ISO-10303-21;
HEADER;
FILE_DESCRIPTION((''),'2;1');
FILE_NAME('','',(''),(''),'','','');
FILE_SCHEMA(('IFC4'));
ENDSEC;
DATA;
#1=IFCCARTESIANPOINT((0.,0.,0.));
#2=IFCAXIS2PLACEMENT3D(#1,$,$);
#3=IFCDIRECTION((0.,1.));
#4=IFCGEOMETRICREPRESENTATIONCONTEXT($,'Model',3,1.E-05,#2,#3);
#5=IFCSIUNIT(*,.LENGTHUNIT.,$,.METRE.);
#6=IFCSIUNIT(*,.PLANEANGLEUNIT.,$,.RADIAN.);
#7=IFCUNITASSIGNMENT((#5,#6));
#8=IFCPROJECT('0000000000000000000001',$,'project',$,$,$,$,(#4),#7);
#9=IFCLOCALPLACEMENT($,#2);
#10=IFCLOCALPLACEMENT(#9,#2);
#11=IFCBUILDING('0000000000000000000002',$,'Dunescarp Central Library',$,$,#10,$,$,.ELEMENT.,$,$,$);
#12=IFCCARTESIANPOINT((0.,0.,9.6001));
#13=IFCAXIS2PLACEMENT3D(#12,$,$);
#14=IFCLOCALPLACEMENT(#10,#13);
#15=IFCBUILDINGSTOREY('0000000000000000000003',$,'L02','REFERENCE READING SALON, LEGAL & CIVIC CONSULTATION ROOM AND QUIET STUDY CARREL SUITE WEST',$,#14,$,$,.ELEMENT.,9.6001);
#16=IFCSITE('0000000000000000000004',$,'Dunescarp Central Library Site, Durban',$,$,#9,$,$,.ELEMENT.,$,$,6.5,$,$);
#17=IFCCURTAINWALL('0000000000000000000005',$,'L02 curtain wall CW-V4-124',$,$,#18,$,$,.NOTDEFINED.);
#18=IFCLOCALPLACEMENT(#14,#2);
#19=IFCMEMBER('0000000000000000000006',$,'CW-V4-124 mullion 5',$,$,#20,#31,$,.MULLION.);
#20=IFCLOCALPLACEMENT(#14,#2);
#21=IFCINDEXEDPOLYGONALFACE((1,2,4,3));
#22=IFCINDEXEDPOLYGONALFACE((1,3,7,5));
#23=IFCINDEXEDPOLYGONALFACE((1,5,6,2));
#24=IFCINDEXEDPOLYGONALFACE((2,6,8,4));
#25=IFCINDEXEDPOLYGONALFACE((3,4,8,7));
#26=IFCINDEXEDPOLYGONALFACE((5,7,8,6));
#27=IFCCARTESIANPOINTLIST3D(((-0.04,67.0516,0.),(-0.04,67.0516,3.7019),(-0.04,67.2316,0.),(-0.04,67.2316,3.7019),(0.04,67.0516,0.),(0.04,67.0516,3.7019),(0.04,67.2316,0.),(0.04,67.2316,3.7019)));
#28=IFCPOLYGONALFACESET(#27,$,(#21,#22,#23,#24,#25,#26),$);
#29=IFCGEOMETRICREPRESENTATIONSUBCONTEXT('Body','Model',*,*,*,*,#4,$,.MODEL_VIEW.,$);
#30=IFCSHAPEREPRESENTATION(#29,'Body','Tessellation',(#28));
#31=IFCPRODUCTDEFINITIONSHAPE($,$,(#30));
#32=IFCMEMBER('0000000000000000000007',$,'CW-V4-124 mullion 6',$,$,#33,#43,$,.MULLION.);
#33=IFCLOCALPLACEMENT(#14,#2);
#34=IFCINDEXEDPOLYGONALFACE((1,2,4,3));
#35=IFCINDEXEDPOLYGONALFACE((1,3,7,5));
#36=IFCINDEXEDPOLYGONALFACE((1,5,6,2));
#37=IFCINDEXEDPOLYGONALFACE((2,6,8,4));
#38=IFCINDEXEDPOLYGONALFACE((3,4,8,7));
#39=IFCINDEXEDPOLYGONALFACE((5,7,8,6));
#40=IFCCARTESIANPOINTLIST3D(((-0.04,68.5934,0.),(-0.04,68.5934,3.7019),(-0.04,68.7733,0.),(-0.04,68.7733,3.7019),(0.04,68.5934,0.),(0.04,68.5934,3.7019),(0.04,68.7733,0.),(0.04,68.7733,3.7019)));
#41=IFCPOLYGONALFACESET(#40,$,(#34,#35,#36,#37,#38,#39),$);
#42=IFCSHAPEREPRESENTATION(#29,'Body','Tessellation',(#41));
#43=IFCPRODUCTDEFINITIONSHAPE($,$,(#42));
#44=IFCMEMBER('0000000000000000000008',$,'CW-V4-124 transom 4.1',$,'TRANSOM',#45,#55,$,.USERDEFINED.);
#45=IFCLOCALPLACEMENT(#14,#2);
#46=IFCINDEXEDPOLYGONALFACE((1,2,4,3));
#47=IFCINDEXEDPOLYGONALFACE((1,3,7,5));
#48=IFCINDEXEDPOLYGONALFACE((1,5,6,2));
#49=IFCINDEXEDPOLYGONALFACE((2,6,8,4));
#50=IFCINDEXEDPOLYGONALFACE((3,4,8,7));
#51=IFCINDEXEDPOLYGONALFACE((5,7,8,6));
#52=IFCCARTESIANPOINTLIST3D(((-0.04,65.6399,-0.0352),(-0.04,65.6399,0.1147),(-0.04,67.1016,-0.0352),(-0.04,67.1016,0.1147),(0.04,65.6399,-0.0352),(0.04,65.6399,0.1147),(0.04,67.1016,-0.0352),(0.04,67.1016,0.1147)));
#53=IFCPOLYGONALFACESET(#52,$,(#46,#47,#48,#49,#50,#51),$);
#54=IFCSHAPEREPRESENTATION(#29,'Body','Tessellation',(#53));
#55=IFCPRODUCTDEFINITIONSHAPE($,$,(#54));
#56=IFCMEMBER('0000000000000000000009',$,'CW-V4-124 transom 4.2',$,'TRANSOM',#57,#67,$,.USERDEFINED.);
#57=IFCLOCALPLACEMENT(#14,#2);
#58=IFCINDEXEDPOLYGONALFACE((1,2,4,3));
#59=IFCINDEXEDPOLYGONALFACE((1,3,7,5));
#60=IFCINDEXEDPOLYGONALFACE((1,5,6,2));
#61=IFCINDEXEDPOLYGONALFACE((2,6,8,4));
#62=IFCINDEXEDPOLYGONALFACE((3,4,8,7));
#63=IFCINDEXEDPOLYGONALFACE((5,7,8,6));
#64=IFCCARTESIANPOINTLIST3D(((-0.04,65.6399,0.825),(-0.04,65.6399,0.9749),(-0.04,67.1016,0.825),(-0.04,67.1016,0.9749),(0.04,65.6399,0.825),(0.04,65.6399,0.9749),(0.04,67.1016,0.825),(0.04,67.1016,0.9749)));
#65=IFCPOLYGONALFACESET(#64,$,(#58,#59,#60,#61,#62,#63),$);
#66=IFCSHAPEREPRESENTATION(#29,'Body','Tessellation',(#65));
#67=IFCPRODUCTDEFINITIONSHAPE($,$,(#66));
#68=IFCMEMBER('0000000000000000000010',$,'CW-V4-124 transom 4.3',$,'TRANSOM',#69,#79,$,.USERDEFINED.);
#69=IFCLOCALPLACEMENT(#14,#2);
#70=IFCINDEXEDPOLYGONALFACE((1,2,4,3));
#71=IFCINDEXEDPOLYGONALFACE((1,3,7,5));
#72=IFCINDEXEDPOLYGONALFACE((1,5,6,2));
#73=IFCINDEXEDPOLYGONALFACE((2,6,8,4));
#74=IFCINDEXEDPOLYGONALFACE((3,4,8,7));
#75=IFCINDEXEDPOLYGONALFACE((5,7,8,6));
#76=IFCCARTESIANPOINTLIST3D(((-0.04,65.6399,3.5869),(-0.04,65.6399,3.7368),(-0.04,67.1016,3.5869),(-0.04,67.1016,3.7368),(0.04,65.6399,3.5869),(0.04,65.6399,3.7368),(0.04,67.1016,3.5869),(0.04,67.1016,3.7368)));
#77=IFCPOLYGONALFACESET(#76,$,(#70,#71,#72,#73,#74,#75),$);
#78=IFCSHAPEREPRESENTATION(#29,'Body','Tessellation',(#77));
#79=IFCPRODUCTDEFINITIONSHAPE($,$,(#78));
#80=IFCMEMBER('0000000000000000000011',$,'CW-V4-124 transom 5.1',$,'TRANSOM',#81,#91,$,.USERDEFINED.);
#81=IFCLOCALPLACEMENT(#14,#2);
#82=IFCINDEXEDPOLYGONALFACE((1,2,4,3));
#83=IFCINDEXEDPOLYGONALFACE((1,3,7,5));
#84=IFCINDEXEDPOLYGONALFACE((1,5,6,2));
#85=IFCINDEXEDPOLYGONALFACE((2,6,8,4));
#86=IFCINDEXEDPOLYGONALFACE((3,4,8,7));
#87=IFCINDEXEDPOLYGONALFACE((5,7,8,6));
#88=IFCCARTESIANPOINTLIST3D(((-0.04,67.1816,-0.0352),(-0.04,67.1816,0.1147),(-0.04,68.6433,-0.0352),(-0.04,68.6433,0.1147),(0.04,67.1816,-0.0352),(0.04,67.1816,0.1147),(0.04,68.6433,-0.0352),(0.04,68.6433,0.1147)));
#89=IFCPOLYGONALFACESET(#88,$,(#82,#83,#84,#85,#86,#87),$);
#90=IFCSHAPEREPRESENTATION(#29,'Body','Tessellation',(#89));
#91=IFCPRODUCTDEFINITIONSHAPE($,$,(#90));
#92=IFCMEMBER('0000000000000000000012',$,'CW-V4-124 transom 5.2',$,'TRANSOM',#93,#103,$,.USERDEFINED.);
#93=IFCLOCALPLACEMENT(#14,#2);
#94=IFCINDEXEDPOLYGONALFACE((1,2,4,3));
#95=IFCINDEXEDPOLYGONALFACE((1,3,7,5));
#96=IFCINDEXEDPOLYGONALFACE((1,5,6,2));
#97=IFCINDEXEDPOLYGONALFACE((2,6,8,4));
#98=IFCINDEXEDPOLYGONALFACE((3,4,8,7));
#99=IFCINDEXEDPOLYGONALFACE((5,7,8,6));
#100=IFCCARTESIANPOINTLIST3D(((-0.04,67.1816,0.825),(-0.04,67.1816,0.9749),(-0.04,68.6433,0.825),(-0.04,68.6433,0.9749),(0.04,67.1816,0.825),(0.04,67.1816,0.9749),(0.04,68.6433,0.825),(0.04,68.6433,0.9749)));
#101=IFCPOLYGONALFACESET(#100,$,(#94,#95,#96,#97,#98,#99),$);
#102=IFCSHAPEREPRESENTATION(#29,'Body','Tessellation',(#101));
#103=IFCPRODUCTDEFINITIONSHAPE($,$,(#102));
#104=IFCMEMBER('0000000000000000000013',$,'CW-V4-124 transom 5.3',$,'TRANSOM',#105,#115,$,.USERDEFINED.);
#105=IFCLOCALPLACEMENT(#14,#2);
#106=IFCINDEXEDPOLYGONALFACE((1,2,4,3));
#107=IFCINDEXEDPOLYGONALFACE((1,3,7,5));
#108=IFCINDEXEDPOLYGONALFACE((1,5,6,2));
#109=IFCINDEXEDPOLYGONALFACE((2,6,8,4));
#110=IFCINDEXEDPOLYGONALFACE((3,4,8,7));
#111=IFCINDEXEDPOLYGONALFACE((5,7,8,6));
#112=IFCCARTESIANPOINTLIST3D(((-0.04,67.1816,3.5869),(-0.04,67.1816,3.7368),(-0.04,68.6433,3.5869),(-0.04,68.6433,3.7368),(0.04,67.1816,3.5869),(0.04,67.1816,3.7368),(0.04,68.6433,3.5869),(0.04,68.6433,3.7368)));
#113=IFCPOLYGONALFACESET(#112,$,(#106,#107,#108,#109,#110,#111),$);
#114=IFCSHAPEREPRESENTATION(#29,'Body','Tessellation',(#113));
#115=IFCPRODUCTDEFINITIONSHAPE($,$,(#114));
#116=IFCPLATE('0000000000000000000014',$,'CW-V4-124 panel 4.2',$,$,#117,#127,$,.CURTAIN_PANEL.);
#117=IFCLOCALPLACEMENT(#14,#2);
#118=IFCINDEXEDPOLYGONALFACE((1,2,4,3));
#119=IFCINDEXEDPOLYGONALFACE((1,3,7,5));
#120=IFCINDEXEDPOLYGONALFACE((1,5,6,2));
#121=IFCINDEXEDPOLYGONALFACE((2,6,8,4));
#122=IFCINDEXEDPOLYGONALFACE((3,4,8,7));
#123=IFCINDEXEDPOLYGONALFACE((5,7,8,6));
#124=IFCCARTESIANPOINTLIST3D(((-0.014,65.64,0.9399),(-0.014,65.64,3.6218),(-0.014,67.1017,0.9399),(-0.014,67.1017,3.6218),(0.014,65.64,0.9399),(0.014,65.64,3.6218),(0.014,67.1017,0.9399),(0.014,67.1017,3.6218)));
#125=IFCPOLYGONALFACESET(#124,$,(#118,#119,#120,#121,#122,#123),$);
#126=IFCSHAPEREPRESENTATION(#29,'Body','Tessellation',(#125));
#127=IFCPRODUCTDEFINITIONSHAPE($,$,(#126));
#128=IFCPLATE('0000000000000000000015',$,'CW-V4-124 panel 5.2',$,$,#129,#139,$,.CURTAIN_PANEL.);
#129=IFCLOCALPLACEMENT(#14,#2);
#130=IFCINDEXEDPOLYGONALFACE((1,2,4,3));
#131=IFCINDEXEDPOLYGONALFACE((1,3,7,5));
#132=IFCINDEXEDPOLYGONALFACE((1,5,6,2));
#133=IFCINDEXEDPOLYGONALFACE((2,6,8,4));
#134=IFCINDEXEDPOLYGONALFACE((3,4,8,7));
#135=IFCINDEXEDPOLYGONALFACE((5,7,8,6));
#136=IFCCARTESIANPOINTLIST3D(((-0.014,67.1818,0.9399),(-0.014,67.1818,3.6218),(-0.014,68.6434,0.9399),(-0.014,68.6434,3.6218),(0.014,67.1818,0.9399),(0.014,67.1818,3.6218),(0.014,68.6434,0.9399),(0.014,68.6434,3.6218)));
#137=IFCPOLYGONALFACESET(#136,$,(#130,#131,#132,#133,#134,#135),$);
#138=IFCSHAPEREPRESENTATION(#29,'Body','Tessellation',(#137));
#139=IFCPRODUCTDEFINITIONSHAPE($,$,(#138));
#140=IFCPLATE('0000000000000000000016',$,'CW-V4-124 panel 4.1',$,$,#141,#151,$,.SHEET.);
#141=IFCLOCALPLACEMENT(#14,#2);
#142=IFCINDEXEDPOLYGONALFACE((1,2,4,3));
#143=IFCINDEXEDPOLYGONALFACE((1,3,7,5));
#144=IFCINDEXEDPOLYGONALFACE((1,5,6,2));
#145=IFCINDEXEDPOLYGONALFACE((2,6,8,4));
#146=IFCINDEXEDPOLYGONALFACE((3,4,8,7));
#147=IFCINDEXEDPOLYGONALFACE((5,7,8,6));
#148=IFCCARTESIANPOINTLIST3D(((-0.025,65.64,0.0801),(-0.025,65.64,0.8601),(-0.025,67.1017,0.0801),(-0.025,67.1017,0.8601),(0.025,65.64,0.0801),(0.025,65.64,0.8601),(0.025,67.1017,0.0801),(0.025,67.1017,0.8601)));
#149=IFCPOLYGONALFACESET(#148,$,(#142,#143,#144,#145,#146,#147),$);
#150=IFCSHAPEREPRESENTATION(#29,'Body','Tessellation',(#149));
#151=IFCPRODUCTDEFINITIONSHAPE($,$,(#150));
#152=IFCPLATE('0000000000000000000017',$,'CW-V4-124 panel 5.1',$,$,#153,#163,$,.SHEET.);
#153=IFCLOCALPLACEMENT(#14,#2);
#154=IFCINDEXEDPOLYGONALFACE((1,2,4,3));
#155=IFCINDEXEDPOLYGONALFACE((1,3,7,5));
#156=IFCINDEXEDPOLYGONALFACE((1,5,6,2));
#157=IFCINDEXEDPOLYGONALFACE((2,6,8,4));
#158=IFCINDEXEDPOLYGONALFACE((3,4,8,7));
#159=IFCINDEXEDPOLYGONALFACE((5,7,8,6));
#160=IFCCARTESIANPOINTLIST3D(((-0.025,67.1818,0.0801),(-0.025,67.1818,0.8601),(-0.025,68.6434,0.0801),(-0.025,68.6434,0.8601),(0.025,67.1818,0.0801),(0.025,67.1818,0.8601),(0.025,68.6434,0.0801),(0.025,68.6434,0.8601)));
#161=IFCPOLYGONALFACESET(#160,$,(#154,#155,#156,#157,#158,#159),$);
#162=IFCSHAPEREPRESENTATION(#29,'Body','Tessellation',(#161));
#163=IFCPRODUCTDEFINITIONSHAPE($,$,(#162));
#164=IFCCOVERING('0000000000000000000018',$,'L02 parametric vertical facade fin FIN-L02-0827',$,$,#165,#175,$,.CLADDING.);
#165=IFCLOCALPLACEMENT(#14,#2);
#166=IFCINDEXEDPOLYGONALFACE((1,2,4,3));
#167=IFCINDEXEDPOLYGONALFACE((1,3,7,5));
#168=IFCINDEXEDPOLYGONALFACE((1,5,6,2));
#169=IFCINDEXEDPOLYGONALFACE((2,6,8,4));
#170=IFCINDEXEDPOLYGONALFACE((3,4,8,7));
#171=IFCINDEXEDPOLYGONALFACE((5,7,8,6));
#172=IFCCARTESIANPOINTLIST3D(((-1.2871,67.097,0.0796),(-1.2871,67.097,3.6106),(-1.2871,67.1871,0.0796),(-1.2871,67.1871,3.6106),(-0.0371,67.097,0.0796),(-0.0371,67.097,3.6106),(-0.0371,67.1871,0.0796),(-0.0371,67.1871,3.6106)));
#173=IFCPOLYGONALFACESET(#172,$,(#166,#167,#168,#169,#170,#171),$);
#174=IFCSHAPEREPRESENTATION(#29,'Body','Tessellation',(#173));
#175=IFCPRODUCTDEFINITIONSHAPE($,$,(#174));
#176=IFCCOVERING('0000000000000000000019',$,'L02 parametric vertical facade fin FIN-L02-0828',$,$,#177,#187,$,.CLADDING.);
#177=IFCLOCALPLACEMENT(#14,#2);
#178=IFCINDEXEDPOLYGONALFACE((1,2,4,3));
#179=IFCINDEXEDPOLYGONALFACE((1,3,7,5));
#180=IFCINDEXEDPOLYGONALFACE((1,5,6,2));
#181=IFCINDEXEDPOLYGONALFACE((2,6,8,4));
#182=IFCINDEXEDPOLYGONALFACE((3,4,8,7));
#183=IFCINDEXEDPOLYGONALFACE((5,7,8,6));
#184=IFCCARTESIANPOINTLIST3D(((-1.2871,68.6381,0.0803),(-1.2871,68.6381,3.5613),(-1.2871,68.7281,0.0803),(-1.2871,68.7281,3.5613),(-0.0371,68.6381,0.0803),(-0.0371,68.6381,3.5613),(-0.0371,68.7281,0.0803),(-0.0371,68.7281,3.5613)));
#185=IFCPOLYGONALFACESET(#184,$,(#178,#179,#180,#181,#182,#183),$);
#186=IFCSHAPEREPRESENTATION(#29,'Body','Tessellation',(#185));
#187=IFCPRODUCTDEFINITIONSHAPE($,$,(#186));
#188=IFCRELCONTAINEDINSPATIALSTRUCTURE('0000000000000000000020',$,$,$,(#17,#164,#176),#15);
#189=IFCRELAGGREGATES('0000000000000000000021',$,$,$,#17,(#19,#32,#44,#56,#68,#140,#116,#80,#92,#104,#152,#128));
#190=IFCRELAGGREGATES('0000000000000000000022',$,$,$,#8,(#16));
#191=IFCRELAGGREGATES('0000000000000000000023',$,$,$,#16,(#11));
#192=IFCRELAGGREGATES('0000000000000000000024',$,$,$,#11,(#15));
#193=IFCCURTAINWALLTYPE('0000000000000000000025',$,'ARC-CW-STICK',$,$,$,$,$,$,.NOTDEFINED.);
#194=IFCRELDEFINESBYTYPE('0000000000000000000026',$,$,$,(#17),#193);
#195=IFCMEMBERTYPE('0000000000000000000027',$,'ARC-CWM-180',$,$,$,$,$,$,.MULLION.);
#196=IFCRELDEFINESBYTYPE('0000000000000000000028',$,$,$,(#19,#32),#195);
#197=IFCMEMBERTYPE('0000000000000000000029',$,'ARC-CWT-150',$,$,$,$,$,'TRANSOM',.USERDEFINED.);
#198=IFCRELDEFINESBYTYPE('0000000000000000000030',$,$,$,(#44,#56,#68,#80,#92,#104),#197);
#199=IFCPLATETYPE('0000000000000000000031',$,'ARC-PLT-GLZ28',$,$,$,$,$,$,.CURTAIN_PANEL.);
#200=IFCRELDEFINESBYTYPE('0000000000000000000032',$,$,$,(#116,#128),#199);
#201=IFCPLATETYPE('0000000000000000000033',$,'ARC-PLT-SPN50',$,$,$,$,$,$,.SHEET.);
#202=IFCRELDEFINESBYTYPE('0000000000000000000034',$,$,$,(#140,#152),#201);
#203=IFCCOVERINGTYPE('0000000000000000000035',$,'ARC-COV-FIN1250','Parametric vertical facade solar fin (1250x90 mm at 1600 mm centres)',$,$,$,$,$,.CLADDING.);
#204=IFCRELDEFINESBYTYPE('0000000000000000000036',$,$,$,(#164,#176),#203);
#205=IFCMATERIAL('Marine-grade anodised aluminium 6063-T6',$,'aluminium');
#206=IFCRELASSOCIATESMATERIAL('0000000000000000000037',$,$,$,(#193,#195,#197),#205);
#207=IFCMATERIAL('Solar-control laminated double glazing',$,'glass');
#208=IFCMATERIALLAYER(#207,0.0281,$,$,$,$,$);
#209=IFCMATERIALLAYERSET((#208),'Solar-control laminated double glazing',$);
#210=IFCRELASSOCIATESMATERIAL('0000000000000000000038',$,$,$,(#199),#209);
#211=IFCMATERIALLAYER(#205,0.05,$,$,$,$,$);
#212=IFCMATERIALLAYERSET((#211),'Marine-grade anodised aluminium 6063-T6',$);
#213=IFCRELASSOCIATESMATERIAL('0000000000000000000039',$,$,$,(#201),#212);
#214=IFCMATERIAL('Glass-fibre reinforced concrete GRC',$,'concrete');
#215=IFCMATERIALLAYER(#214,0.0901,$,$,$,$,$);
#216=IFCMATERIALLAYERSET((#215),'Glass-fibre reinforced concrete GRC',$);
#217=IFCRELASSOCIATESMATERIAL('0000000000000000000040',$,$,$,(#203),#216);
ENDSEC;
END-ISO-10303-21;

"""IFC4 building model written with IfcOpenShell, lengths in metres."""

from ifc_helpers import new_model, si_unit, direction, frame, origin, origin_2d, place, context, subcontext, project, spatial, rectangle, extrude, material, layer, layer_set, material_profile, profile_set, type_object, element, aggregate, save


model = new_model("IFC4")

# Units and contexts
model_context = context("Model", 3, precision=1e-05, world=origin(), true_north=direction((0.0, 1.0)))
body_context = subcontext(model_context, "Body", "Model", "MODEL_VIEW")
ifc_project = project(units=[si_unit("LENGTHUNIT", "METRE"), si_unit("PLANEANGLEUNIT", "RADIAN")], contexts=[model_context])

# Site, building, storey
site_placement = place(None, origin())
site = spatial("IfcSite", under=ifc_project, at=site_placement, Name="Dunescarp Central Library Site, Durban", CompositionType="ELEMENT", RefElevation=6.5)
building_placement = place(site_placement, origin())
building = spatial("IfcBuilding", under=site, at=building_placement, Name="Dunescarp Central Library", CompositionType="ELEMENT")
storey_placement = place(building_placement, frame((0.0, 0.0, 9.6001)))
storey = spatial("IfcBuildingStorey", under=building, at=storey_placement, Name="L02", Description="REFERENCE READING SALON, LEGAL & CIVIC CONSULTATION ROOM AND QUIET STUDY CARREL SUITE WEST", CompositionType="ELEMENT", Elevation=9.6001)

# Curtain wall, members, plates
ifc_material_1 = material(Name="Marine-grade anodised aluminium 6063-T6", Category="aluminium")
curtain_wall_type = type_object("IfcCurtainWallType", Name="ARC-CW-STICK", PredefinedType="NOTDEFINED", material=ifc_material_1)
curtain_wall_placement = place(storey_placement, origin())
curtain_wall = element("IfcCurtainWall", 1, at=curtain_wall_placement, inside=storey, type_object=curtain_wall_type, Name="L02 curtain wall CW-V4-124", PredefinedType="NOTDEFINED")
ifc_material_profile_1 = material_profile(ifc_material_1, rectangle(XDim=0.0801, YDim=0.1799, at=origin_2d()), Name="AL 80x180")
ifc_profile_set_1 = profile_set([ifc_material_profile_1], Name="Marine-grade anodised aluminium 6063-T6")
member_type_1 = type_object("IfcMemberType", Name="ARC-CWM-180", PredefinedType="MULLION", material=ifc_profile_set_1)
member_1_placement = place(storey_placement, frame((0.0, 67.1416, 0.0), z_axis=(0.0, 0.0, 1.0), x_axis=(-1.0, 0.0, 0.0)))
member_1 = element("IfcMember", 2, at=member_1_placement, type_object=member_type_1, Name="CW-V4-124 mullion 5", PredefinedType="MULLION", context=body_context, shape_type="SweptSolid", body=[
    extrude(rectangle(XDim=0.0801, YDim=0.1799, at=origin_2d()), origin(), (0.0, 0.0, 1.0), 3.7019),
])
member_2_placement = place(storey_placement, frame((0.0, 68.6833, 0.0), z_axis=(0.0, 0.0, 1.0), x_axis=(-1.0, 0.0, 0.0)))
member_2 = element("IfcMember", 3, at=member_2_placement, type_object=member_type_1, Name="CW-V4-124 mullion 6", PredefinedType="MULLION", context=body_context, shape_type="SweptSolid", body=[
    extrude(rectangle(XDim=0.0801, YDim=0.1799, at=origin_2d()), origin(), (0.0, 0.0, 1.0), 3.7019),
])
ifc_material_profile_2 = material_profile(ifc_material_1, rectangle(XDim=0.0801, YDim=0.1499, at=origin_2d()), Name="AL 80x150")
ifc_profile_set_2 = profile_set([ifc_material_profile_2], Name="Marine-grade anodised aluminium 6063-T6")
member_type_2 = type_object("IfcMemberType", Name="ARC-CWT-150", ElementType="TRANSOM", PredefinedType="USERDEFINED", material=ifc_profile_set_2)
member_3_placement = place(storey_placement, frame((0.0, 65.6399, 0.0398), z_axis=(0.0, 1.0, 0.0), x_axis=(-1.0, 0.0, 0.0)))
member_3 = element("IfcMember", 4, at=member_3_placement, type_object=member_type_2, Name="CW-V4-124 transom 4.1", ObjectType="TRANSOM", PredefinedType="USERDEFINED", context=body_context, shape_type="SweptSolid", body=[
    extrude(rectangle(XDim=0.0801, YDim=0.1499, at=origin_2d()), origin(), (0.0, 0.0, 1.0), 1.4617),
])
member_4_placement = place(storey_placement, frame((0.0, 65.6399, 0.8999), z_axis=(0.0, 1.0, 0.0), x_axis=(-1.0, 0.0, 0.0)))
member_4 = element("IfcMember", 5, at=member_4_placement, type_object=member_type_2, Name="CW-V4-124 transom 4.2", ObjectType="TRANSOM", PredefinedType="USERDEFINED", context=body_context, shape_type="SweptSolid", body=[
    extrude(rectangle(XDim=0.0801, YDim=0.1499, at=origin_2d()), origin(), (0.0, 0.0, 1.0), 1.4617),
])
member_5_placement = place(storey_placement, frame((0.0, 65.6399, 3.6619), z_axis=(0.0, 1.0, 0.0), x_axis=(-1.0, 0.0, 0.0)))
member_5 = element("IfcMember", 6, at=member_5_placement, type_object=member_type_2, Name="CW-V4-124 transom 4.3", ObjectType="TRANSOM", PredefinedType="USERDEFINED", context=body_context, shape_type="SweptSolid", body=[
    extrude(rectangle(XDim=0.0801, YDim=0.1499, at=origin_2d()), origin(), (0.0, 0.0, 1.0), 1.4617),
])
member_6_placement = place(storey_placement, frame((0.0, 67.1816, 0.0398), z_axis=(0.0, 1.0, 0.0), x_axis=(-1.0, 0.0, 0.0)))
member_6 = element("IfcMember", 7, at=member_6_placement, type_object=member_type_2, Name="CW-V4-124 transom 5.1", ObjectType="TRANSOM", PredefinedType="USERDEFINED", context=body_context, shape_type="SweptSolid", body=[
    extrude(rectangle(XDim=0.0801, YDim=0.1499, at=origin_2d()), origin(), (0.0, 0.0, 1.0), 1.4617),
])
member_7_placement = place(storey_placement, frame((0.0, 67.1816, 0.8999), z_axis=(0.0, 1.0, 0.0), x_axis=(-1.0, 0.0, 0.0)))
member_7 = element("IfcMember", 8, at=member_7_placement, type_object=member_type_2, Name="CW-V4-124 transom 5.2", ObjectType="TRANSOM", PredefinedType="USERDEFINED", context=body_context, shape_type="SweptSolid", body=[
    extrude(rectangle(XDim=0.0801, YDim=0.1499, at=origin_2d()), origin(), (0.0, 0.0, 1.0), 1.4617),
])
member_8_placement = place(storey_placement, frame((0.0, 67.1816, 3.6619), z_axis=(0.0, 1.0, 0.0), x_axis=(-1.0, 0.0, 0.0)))
member_8 = element("IfcMember", 9, at=member_8_placement, type_object=member_type_2, Name="CW-V4-124 transom 5.3", ObjectType="TRANSOM", PredefinedType="USERDEFINED", context=body_context, shape_type="SweptSolid", body=[
    extrude(rectangle(XDim=0.0801, YDim=0.1499, at=origin_2d()), origin(), (0.0, 0.0, 1.0), 1.4617),
])
ifc_material_2 = material(Name="Solar-control laminated double glazing", Category="glass")
ifc_layer_1 = layer(ifc_material_2, 0.0281)
ifc_layer_set_1 = layer_set([ifc_layer_1], Name="Solar-control laminated double glazing")
plate_type_1 = type_object("IfcPlateType", Name="ARC-PLT-GLZ28", PredefinedType="CURTAIN_PANEL", material=ifc_layer_set_1)
plate_1_placement = place(storey_placement, frame((0.0, 66.3708, 0.9399), z_axis=(0.0, 0.0, 1.0), x_axis=(0.0, 1.0, 0.0)))
plate_1 = element("IfcPlate", 10, at=plate_1_placement, type_object=plate_type_1, Name="CW-V4-124 panel 4.2", PredefinedType="CURTAIN_PANEL", context=body_context, shape_type="SweptSolid", body=[
    extrude(rectangle(XDim=1.4617, YDim=0.0281, at=origin_2d()), origin(), (0.0, 0.0, 1.0), 2.6819),
])
plate_2_placement = place(storey_placement, frame((0.0, 67.9126, 0.9399), z_axis=(0.0, 0.0, 1.0), x_axis=(0.0, 1.0, 0.0)))
plate_2 = element("IfcPlate", 11, at=plate_2_placement, type_object=plate_type_1, Name="CW-V4-124 panel 5.2", PredefinedType="CURTAIN_PANEL", context=body_context, shape_type="SweptSolid", body=[
    extrude(rectangle(XDim=1.4617, YDim=0.0281, at=origin_2d()), origin(), (0.0, 0.0, 1.0), 2.6819),
])
ifc_layer_2 = layer(ifc_material_1, 0.05)
ifc_layer_set_2 = layer_set([ifc_layer_2], Name="Marine-grade anodised aluminium 6063-T6")
plate_type_2 = type_object("IfcPlateType", Name="ARC-PLT-SPN50", PredefinedType="SHEET", material=ifc_layer_set_2)
plate_3_placement = place(storey_placement, frame((0.0, 66.3708, 0.0801), z_axis=(0.0, 0.0, 1.0), x_axis=(0.0, 1.0, 0.0)))
plate_3 = element("IfcPlate", 12, at=plate_3_placement, type_object=plate_type_2, Name="CW-V4-124 panel 4.1", PredefinedType="SHEET", context=body_context, shape_type="SweptSolid", body=[
    extrude(rectangle(XDim=1.4617, YDim=0.05, at=origin_2d()), origin(), (0.0, 0.0, 1.0), 0.78),
])
plate_4_placement = place(storey_placement, frame((0.0, 67.9126, 0.0801), z_axis=(0.0, 0.0, 1.0), x_axis=(0.0, 1.0, 0.0)))
plate_4 = element("IfcPlate", 13, at=plate_4_placement, type_object=plate_type_2, Name="CW-V4-124 panel 5.1", PredefinedType="SHEET", context=body_context, shape_type="SweptSolid", body=[
    extrude(rectangle(XDim=1.4617, YDim=0.05, at=origin_2d()), origin(), (0.0, 0.0, 1.0), 0.78),
])
aggregate(curtain_wall, [member_1, member_2, member_3, member_4, member_5, plate_3, plate_1, member_6, member_7, member_8, plate_4, plate_2])

# Coverings
ifc_material_3 = material(Name="Glass-fibre reinforced concrete GRC", Category="concrete")
ifc_layer_3 = layer(ifc_material_3, 0.0901)
ifc_layer_set_3 = layer_set([ifc_layer_3], Name="Glass-fibre reinforced concrete GRC")
covering_type = type_object("IfcCoveringType", Name="ARC-COV-FIN1250", Description="Parametric vertical facade solar fin (1250x90 mm at 1600 mm centres)", PredefinedType="CLADDING", material=ifc_layer_set_3)
covering_1_placement = place(storey_placement, frame((-0.6621, 67.1421, 0.0796), z_axis=(0.0, 0.0, 1.0), x_axis=(-1.0, 0.0, 0.0)))
element("IfcCovering", 14, at=covering_1_placement, inside=storey, type_object=covering_type, Name="L02 parametric vertical facade fin FIN-L02-0827", PredefinedType="CLADDING", context=body_context, shape_type="SweptSolid", body=[
    extrude(rectangle(XDim=1.25, YDim=0.0901, at=origin_2d()), origin(), (0.0, 0.0, 1.0), 3.531),
])
covering_2_placement = place(storey_placement, frame((-0.6621, 68.6831, 0.0803), z_axis=(0.0, 0.0, 1.0), x_axis=(-1.0, 0.0, 0.0)))
element("IfcCovering", 15, at=covering_2_placement, inside=storey, type_object=covering_type, Name="L02 parametric vertical facade fin FIN-L02-0828", PredefinedType="CLADDING", context=body_context, shape_type="SweptSolid", body=[
    extrude(rectangle(XDim=1.25, YDim=0.0901, at=origin_2d()), origin(), (0.0, 0.0, 1.0), 3.481),
])

save(model, "model.ifc")
